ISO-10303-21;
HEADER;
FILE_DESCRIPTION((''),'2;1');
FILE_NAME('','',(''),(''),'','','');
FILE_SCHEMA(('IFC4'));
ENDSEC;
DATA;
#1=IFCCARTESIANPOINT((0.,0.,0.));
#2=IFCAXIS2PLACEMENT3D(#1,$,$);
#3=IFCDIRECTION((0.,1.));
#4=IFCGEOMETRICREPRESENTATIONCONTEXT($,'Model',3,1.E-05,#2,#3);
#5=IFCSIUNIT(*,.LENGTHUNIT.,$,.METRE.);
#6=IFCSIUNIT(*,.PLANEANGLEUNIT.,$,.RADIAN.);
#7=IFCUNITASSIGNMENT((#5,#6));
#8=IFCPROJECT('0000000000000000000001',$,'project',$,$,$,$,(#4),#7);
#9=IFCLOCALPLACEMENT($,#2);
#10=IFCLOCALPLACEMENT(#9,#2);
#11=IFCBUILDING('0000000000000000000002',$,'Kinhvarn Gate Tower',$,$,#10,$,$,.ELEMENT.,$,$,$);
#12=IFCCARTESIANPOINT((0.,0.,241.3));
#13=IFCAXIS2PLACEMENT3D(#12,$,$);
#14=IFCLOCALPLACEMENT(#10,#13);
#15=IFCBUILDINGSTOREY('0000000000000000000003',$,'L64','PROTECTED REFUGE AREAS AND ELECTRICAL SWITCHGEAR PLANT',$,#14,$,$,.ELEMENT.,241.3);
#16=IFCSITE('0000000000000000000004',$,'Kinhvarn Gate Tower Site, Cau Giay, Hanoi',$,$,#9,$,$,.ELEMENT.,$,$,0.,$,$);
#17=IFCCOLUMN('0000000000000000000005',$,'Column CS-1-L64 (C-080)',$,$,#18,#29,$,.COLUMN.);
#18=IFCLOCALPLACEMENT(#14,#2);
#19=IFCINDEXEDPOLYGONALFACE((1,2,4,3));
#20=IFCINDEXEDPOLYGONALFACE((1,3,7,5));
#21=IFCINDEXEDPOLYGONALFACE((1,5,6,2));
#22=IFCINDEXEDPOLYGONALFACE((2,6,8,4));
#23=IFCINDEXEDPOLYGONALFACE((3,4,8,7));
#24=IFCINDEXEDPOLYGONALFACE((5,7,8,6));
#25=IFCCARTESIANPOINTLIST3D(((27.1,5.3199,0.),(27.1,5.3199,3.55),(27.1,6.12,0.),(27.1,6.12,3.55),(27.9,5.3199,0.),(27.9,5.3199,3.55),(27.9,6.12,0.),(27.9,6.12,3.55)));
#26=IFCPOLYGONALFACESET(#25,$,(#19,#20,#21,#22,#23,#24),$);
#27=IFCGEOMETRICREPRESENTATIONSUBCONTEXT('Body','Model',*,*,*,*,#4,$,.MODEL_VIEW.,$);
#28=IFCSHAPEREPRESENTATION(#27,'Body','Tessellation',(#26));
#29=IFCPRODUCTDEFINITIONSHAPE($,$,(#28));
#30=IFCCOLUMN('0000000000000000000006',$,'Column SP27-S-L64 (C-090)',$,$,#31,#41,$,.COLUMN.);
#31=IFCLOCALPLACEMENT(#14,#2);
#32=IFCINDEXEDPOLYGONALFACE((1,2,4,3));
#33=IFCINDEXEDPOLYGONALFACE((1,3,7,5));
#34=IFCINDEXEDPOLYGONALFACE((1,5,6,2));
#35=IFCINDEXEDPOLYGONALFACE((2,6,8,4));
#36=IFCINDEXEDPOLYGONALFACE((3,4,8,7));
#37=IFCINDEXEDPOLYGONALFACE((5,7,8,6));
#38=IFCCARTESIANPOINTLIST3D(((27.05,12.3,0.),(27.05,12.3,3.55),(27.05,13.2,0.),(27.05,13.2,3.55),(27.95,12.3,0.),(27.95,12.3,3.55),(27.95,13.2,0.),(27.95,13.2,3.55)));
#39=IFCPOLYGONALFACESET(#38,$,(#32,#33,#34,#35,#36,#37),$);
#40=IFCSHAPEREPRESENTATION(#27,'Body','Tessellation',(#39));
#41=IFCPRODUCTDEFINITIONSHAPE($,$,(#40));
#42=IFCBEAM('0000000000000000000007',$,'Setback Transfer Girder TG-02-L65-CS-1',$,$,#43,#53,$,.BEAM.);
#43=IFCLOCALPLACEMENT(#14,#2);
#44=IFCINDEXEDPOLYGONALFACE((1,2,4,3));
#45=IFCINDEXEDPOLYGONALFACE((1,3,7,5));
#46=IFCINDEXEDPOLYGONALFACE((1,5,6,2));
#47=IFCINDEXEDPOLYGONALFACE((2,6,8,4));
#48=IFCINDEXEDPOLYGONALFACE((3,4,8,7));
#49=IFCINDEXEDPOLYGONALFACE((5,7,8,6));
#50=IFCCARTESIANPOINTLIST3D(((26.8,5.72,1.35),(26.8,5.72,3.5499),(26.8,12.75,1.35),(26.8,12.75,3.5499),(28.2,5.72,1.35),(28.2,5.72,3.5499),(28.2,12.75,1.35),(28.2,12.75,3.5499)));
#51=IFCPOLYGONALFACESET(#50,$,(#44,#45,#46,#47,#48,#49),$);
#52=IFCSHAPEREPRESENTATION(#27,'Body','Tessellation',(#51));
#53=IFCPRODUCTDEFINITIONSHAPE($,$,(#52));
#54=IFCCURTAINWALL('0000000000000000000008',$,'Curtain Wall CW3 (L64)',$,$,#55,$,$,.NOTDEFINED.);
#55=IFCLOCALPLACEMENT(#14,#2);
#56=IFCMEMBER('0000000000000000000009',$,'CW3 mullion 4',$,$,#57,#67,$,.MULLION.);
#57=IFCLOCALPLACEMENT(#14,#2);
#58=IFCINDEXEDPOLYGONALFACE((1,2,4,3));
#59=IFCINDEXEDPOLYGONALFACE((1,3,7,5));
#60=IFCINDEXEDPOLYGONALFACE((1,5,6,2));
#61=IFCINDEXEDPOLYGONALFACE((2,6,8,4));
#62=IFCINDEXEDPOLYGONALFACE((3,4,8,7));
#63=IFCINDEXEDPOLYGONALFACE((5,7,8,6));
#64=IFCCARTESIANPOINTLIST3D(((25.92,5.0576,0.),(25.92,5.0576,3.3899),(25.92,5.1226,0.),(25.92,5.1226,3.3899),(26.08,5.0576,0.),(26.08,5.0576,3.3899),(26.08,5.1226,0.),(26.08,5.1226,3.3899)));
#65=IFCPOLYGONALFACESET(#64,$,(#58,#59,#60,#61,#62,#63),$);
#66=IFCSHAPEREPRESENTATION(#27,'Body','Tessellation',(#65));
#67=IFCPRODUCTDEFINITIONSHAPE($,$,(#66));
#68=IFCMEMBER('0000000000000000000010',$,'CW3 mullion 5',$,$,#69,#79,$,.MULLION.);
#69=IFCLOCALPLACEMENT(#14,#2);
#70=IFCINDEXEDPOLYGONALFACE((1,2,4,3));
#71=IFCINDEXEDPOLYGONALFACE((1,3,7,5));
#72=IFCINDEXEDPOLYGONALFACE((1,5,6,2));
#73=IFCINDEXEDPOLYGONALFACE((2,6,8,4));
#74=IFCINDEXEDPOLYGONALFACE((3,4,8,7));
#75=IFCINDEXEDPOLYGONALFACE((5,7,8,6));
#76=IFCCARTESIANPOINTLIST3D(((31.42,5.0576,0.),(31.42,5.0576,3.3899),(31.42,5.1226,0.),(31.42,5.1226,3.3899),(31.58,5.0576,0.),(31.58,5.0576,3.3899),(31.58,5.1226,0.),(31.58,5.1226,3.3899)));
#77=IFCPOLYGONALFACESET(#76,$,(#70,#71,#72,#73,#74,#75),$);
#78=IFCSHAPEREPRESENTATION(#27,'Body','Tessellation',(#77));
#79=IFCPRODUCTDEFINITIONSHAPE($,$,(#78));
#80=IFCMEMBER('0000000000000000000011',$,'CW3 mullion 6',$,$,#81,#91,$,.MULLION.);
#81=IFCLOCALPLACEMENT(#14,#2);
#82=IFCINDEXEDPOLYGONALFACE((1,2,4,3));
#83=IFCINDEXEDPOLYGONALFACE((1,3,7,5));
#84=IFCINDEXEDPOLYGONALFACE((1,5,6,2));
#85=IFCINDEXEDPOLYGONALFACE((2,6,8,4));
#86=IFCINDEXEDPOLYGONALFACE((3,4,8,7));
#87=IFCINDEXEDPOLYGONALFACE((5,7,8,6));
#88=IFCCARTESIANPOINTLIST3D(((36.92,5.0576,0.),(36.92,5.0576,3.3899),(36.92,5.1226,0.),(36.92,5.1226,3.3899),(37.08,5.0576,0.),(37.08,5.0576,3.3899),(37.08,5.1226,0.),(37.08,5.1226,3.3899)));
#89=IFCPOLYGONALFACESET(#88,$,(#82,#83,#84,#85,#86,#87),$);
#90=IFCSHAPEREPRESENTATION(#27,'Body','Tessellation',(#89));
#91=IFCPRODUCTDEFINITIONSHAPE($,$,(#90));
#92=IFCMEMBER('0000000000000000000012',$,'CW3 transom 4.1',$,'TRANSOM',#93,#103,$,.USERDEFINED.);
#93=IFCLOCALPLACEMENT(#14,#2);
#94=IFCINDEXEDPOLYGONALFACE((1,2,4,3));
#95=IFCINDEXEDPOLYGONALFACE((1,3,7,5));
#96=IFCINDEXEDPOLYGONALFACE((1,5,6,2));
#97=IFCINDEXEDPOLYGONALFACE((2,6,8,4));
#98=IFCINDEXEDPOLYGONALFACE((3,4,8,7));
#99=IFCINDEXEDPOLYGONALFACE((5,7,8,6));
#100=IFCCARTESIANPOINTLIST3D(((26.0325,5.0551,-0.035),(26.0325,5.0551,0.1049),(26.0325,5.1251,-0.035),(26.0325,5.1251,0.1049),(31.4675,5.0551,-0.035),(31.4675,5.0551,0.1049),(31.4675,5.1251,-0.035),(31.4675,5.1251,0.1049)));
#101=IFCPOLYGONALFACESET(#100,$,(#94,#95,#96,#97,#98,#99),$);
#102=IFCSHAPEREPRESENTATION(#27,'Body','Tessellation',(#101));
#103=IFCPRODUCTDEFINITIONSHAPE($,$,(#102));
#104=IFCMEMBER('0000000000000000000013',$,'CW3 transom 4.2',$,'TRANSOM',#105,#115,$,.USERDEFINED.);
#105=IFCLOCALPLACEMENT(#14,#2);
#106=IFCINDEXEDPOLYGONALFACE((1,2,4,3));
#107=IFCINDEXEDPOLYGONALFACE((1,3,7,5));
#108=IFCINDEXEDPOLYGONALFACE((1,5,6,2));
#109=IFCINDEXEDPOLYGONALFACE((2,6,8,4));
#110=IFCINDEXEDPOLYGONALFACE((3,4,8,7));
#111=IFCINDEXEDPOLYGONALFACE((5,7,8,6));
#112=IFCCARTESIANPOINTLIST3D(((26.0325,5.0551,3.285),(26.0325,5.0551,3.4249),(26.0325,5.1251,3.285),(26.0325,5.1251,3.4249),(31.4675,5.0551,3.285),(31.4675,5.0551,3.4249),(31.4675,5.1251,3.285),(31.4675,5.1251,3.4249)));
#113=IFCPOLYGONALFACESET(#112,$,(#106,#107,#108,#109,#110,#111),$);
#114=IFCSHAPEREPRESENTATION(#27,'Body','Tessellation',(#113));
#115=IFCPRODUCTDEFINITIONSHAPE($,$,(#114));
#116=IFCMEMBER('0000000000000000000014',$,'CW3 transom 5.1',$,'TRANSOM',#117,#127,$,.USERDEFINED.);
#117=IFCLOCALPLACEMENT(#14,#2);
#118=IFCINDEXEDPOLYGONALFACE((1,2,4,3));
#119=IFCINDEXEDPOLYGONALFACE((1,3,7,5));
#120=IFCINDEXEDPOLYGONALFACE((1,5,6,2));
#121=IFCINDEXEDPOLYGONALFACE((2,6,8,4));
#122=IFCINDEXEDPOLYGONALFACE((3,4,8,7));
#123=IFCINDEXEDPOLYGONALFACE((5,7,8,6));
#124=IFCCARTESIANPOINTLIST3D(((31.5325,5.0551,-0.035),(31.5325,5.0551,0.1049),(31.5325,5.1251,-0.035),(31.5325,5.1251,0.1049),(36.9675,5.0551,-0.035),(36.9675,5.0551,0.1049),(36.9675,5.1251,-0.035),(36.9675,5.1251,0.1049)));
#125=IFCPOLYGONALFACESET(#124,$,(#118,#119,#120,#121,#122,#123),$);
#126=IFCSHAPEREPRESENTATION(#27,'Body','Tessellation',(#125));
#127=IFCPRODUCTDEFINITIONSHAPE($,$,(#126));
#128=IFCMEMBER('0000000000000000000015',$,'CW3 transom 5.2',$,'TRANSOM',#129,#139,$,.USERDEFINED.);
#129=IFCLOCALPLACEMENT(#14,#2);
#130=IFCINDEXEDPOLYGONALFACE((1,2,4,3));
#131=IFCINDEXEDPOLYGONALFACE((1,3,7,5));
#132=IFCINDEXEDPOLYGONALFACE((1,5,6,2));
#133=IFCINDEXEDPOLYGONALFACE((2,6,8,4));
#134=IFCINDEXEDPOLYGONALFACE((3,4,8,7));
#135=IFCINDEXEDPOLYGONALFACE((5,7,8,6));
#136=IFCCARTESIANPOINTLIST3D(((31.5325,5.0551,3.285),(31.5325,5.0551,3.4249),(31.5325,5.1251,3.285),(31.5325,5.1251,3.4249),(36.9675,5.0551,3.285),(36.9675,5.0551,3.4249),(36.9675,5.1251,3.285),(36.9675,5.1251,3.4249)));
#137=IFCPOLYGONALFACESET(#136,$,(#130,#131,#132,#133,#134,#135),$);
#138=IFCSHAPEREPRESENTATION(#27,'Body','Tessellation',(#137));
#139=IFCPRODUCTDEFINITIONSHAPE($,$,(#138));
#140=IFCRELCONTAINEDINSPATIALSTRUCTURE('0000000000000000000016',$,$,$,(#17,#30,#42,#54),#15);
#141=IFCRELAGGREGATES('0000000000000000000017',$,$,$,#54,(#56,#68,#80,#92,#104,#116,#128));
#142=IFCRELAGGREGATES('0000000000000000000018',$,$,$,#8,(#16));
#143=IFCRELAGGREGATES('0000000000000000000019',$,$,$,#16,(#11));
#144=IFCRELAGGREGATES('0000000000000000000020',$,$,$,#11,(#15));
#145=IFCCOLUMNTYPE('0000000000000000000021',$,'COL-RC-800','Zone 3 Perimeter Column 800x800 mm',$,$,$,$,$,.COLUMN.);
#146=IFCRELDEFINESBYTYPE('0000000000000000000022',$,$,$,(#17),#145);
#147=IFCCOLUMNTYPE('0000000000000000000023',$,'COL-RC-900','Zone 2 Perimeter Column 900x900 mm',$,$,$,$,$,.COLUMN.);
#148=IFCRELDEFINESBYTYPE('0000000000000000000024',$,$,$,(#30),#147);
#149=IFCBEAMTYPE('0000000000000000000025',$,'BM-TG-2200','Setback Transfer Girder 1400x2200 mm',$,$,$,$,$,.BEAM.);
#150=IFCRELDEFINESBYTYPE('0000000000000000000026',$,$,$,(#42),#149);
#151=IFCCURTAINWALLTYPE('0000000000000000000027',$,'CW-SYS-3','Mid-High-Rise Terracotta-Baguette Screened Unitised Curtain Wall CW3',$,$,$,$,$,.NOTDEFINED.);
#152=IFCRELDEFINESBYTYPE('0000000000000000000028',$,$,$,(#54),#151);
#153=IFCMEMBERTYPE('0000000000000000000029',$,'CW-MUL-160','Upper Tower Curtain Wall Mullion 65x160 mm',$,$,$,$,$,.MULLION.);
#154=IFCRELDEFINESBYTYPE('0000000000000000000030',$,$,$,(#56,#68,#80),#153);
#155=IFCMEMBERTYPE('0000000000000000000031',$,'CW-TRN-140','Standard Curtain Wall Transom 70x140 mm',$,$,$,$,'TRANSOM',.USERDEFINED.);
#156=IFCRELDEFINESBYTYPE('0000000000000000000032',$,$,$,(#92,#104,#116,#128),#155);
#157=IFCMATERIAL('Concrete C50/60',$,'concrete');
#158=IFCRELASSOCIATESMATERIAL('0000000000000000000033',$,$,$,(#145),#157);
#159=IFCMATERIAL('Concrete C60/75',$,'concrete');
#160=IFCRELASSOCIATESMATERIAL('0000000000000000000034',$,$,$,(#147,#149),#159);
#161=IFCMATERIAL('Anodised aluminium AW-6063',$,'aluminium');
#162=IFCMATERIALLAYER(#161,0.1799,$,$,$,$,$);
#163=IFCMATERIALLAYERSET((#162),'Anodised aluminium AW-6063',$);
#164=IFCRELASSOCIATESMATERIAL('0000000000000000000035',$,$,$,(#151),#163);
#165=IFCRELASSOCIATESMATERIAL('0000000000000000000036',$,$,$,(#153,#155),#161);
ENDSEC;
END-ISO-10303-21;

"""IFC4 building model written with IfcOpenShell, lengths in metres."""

from ifc_helpers import new_model, si_unit, direction, frame, origin, origin_2d, place, context, subcontext, project, spatial, rectangle, extrude, material, layer, layer_set, material_profile, profile_set, type_object, element, aggregate, save


model = new_model("IFC4")

# Units and contexts
model_context = context("Model", 3, precision=1e-05, world=origin(), true_north=direction((0.0, 1.0)))
body_context = subcontext(model_context, "Body", "Model", "MODEL_VIEW")
ifc_project = project(units=[si_unit("LENGTHUNIT", "METRE"), si_unit("PLANEANGLEUNIT", "RADIAN")], contexts=[model_context])

# Site, building, storey
site_placement = place(None, origin())
site = spatial("IfcSite", under=ifc_project, at=site_placement, Name="Kinhvarn Gate Tower Site, Cau Giay, Hanoi", CompositionType="ELEMENT", RefElevation=0.0)
building_placement = place(site_placement, origin())
building = spatial("IfcBuilding", under=site, at=building_placement, Name="Kinhvarn Gate Tower", CompositionType="ELEMENT")
storey_placement = place(building_placement, frame((0.0, 0.0, 241.3)))
storey = spatial("IfcBuildingStorey", under=building, at=storey_placement, Name="L64", Description="PROTECTED REFUGE AREAS AND ELECTRICAL SWITCHGEAR PLANT", CompositionType="ELEMENT", Elevation=241.3)

# Columns
ifc_material_1 = material(Name="Concrete C50/60", Category="concrete")
ifc_material_profile_1 = material_profile(ifc_material_1, rectangle(XDim=0.8, YDim=0.8, at=origin_2d()), Name="RC 800x800")
ifc_profile_set_1 = profile_set([ifc_material_profile_1], Name="Concrete C50/60")
column_type_1 = type_object("IfcColumnType", Name="COL-RC-800", Description="Zone 3 Perimeter Column 800x800 mm", PredefinedType="COLUMN", material=ifc_profile_set_1)
column_1_placement = place(storey_placement, frame((27.5, 5.72, 0.0), z_axis=(0.0, 0.0, 1.0), x_axis=(1.0, 0.0, 0.0)))
element("IfcColumn", 1, at=column_1_placement, inside=storey, type_object=column_type_1, Name="Column CS-1-L64 (C-080)", PredefinedType="COLUMN", context=body_context, shape_type="SweptSolid", body=[
    extrude(rectangle(XDim=0.8, YDim=0.8, at=origin_2d()), origin(), (0.0, 0.0, 1.0), 3.55),
])
ifc_material_2 = material(Name="Concrete C60/75", Category="concrete")
ifc_material_profile_2 = material_profile(ifc_material_2, rectangle(XDim=0.8999, YDim=0.8999, at=origin_2d()), Name="RC 900x900")
ifc_profile_set_2 = profile_set([ifc_material_profile_2], Name="Concrete C60/75")
column_type_2 = type_object("IfcColumnType", Name="COL-RC-900", Description="Zone 2 Perimeter Column 900x900 mm", PredefinedType="COLUMN", material=ifc_profile_set_2)
column_2_placement = place(storey_placement, frame((27.5, 12.75, 0.0), z_axis=(0.0, 0.0, 1.0), x_axis=(1.0, 0.0, 0.0)))
element("IfcColumn", 2, at=column_2_placement, inside=storey, type_object=column_type_2, Name="Column SP27-S-L64 (C-090)", PredefinedType="COLUMN", context=body_context, shape_type="SweptSolid", body=[
    extrude(rectangle(XDim=0.8999, YDim=0.8999, at=origin_2d()), origin(), (0.0, 0.0, 1.0), 3.55),
])

# Beam
ifc_material_profile_3 = material_profile(ifc_material_2, rectangle(XDim=1.3999, YDim=2.2, at=origin_2d()), Name="RC 1400x2200")
ifc_profile_set_3 = profile_set([ifc_material_profile_3], Name="Concrete C60/75")
beam_type_1 = type_object("IfcBeamType", Name="BM-TG-2200", Description="Setback Transfer Girder 1400x2200 mm", PredefinedType="BEAM", material=ifc_profile_set_3)
beam_1_placement = place(storey_placement, frame((27.5, 5.72, 2.45), z_axis=(0.0, 1.0, 0.0), x_axis=(-1.0, 0.0, 0.0)))
element("IfcBeam", 3, at=beam_1_placement, inside=storey, type_object=beam_type_1, Name="Setback Transfer Girder TG-02-L65-CS-1", PredefinedType="BEAM", context=body_context, shape_type="SweptSolid", body=[
    extrude(rectangle(XDim=1.3999, YDim=2.2, at=origin_2d()), origin(), (0.0, 0.0, 1.0), 7.03),
])

# Curtain wall, members
ifc_material_3 = material(Name="Anodised aluminium AW-6063", Category="aluminium")
ifc_layer_1 = layer(ifc_material_3, 0.1799)
ifc_layer_set_1 = layer_set([ifc_layer_1], Name="Anodised aluminium AW-6063")
curtain_wall_type = type_object("IfcCurtainWallType", Name="CW-SYS-3", Description="Mid-High-Rise Terracotta-Baguette Screened Unitised Curtain Wall CW3", PredefinedType="NOTDEFINED", material=ifc_layer_set_1)
curtain_wall_placement = place(storey_placement, origin())
curtain_wall = element("IfcCurtainWall", 4, at=curtain_wall_placement, inside=storey, type_object=curtain_wall_type, Name="Curtain Wall CW3 (L64)", PredefinedType="NOTDEFINED")
ifc_material_profile_4 = material_profile(ifc_material_3, rectangle(XDim=0.0649, YDim=0.1599, at=origin_2d()), Name="ALU 65x160")
ifc_profile_set_4 = profile_set([ifc_material_profile_4], Name="Anodised aluminium AW-6063")
member_type_1 = type_object("IfcMemberType", Name="CW-MUL-160", Description="Upper Tower Curtain Wall Mullion 65x160 mm", PredefinedType="MULLION", material=ifc_profile_set_4)
member_1_placement = place(storey_placement, frame((26.0, 5.0901, 0.0), z_axis=(0.0, 0.0, 1.0), x_axis=(0.0, 1.0, 0.0)))
member_1 = element("IfcMember", 5, at=member_1_placement, type_object=member_type_1, Name="CW3 mullion 4", PredefinedType="MULLION", context=body_context, shape_type="SweptSolid", body=[
    extrude(rectangle(XDim=0.0649, YDim=0.1599, at=origin_2d()), origin(), (0.0, 0.0, 1.0), 3.3899),
])
member_2_placement = place(storey_placement, frame((31.5, 5.0901, 0.0), z_axis=(0.0, 0.0, 1.0), x_axis=(0.0, 1.0, 0.0)))
member_2 = element("IfcMember", 6, at=member_2_placement, type_object=member_type_1, Name="CW3 mullion 5", PredefinedType="MULLION", context=body_context, shape_type="SweptSolid", body=[
    extrude(rectangle(XDim=0.0649, YDim=0.1599, at=origin_2d()), origin(), (0.0, 0.0, 1.0), 3.3899),
])
member_3_placement = place(storey_placement, frame((37.0, 5.0901, 0.0), z_axis=(0.0, 0.0, 1.0), x_axis=(0.0, 1.0, 0.0)))
member_3 = element("IfcMember", 7, at=member_3_placement, type_object=member_type_1, Name="CW3 mullion 6", PredefinedType="MULLION", context=body_context, shape_type="SweptSolid", body=[
    extrude(rectangle(XDim=0.0649, YDim=0.1599, at=origin_2d()), origin(), (0.0, 0.0, 1.0), 3.3899),
])
ifc_material_profile_5 = material_profile(ifc_material_3, rectangle(XDim=0.0701, YDim=0.1399, at=origin_2d()), Name="ALU 70x140")
ifc_profile_set_5 = profile_set([ifc_material_profile_5], Name="Anodised aluminium AW-6063")
member_type_2 = type_object("IfcMemberType", Name="CW-TRN-140", Description="Standard Curtain Wall Transom 70x140 mm", ElementType="TRANSOM", PredefinedType="USERDEFINED", material=ifc_profile_set_5)
member_4_placement = place(storey_placement, frame((26.0325, 5.0901, 0.0349), z_axis=(1.0, 0.0, 0.0), x_axis=(0.0, 1.0, 0.0)))
member_4 = element("IfcMember", 8, at=member_4_placement, type_object=member_type_2, Name="CW3 transom 4.1", ObjectType="TRANSOM", PredefinedType="USERDEFINED", context=body_context, shape_type="SweptSolid", body=[
    extrude(rectangle(XDim=0.0701, YDim=0.1399, at=origin_2d()), origin(), (0.0, 0.0, 1.0), 5.4351),
])
member_5_placement = place(storey_placement, frame((26.0325, 5.0901, 3.355), z_axis=(1.0, 0.0, 0.0), x_axis=(0.0, 1.0, 0.0)))
member_5 = element("IfcMember", 9, at=member_5_placement, type_object=member_type_2, Name="CW3 transom 4.2", ObjectType="TRANSOM", PredefinedType="USERDEFINED", context=body_context, shape_type="SweptSolid", body=[
    extrude(rectangle(XDim=0.0701, YDim=0.1399, at=origin_2d()), origin(), (0.0, 0.0, 1.0), 5.4351),
])
member_6_placement = place(storey_placement, frame((31.5325, 5.0901, 0.0349), z_axis=(1.0, 0.0, 0.0), x_axis=(0.0, 1.0, 0.0)))
member_6 = element("IfcMember", 10, at=member_6_placement, type_object=member_type_2, Name="CW3 transom 5.1", ObjectType="TRANSOM", PredefinedType="USERDEFINED", context=body_context, shape_type="SweptSolid", body=[
    extrude(rectangle(XDim=0.0701, YDim=0.1399, at=origin_2d()), origin(), (0.0, 0.0, 1.0), 5.4351),
])
member_7_placement = place(storey_placement, frame((31.5325, 5.0901, 3.355), z_axis=(1.0, 0.0, 0.0), x_axis=(0.0, 1.0, 0.0)))
member_7 = element("IfcMember", 11, at=member_7_placement, type_object=member_type_2, Name="CW3 transom 5.2", ObjectType="TRANSOM", PredefinedType="USERDEFINED", context=body_context, shape_type="SweptSolid", body=[
    extrude(rectangle(XDim=0.0701, YDim=0.1399, at=origin_2d()), origin(), (0.0, 0.0, 1.0), 5.4351),
])

aggregate(curtain_wall, [member_1, member_2, member_3, member_4, member_5, member_6, member_7])

save(model, "model.ifc")
